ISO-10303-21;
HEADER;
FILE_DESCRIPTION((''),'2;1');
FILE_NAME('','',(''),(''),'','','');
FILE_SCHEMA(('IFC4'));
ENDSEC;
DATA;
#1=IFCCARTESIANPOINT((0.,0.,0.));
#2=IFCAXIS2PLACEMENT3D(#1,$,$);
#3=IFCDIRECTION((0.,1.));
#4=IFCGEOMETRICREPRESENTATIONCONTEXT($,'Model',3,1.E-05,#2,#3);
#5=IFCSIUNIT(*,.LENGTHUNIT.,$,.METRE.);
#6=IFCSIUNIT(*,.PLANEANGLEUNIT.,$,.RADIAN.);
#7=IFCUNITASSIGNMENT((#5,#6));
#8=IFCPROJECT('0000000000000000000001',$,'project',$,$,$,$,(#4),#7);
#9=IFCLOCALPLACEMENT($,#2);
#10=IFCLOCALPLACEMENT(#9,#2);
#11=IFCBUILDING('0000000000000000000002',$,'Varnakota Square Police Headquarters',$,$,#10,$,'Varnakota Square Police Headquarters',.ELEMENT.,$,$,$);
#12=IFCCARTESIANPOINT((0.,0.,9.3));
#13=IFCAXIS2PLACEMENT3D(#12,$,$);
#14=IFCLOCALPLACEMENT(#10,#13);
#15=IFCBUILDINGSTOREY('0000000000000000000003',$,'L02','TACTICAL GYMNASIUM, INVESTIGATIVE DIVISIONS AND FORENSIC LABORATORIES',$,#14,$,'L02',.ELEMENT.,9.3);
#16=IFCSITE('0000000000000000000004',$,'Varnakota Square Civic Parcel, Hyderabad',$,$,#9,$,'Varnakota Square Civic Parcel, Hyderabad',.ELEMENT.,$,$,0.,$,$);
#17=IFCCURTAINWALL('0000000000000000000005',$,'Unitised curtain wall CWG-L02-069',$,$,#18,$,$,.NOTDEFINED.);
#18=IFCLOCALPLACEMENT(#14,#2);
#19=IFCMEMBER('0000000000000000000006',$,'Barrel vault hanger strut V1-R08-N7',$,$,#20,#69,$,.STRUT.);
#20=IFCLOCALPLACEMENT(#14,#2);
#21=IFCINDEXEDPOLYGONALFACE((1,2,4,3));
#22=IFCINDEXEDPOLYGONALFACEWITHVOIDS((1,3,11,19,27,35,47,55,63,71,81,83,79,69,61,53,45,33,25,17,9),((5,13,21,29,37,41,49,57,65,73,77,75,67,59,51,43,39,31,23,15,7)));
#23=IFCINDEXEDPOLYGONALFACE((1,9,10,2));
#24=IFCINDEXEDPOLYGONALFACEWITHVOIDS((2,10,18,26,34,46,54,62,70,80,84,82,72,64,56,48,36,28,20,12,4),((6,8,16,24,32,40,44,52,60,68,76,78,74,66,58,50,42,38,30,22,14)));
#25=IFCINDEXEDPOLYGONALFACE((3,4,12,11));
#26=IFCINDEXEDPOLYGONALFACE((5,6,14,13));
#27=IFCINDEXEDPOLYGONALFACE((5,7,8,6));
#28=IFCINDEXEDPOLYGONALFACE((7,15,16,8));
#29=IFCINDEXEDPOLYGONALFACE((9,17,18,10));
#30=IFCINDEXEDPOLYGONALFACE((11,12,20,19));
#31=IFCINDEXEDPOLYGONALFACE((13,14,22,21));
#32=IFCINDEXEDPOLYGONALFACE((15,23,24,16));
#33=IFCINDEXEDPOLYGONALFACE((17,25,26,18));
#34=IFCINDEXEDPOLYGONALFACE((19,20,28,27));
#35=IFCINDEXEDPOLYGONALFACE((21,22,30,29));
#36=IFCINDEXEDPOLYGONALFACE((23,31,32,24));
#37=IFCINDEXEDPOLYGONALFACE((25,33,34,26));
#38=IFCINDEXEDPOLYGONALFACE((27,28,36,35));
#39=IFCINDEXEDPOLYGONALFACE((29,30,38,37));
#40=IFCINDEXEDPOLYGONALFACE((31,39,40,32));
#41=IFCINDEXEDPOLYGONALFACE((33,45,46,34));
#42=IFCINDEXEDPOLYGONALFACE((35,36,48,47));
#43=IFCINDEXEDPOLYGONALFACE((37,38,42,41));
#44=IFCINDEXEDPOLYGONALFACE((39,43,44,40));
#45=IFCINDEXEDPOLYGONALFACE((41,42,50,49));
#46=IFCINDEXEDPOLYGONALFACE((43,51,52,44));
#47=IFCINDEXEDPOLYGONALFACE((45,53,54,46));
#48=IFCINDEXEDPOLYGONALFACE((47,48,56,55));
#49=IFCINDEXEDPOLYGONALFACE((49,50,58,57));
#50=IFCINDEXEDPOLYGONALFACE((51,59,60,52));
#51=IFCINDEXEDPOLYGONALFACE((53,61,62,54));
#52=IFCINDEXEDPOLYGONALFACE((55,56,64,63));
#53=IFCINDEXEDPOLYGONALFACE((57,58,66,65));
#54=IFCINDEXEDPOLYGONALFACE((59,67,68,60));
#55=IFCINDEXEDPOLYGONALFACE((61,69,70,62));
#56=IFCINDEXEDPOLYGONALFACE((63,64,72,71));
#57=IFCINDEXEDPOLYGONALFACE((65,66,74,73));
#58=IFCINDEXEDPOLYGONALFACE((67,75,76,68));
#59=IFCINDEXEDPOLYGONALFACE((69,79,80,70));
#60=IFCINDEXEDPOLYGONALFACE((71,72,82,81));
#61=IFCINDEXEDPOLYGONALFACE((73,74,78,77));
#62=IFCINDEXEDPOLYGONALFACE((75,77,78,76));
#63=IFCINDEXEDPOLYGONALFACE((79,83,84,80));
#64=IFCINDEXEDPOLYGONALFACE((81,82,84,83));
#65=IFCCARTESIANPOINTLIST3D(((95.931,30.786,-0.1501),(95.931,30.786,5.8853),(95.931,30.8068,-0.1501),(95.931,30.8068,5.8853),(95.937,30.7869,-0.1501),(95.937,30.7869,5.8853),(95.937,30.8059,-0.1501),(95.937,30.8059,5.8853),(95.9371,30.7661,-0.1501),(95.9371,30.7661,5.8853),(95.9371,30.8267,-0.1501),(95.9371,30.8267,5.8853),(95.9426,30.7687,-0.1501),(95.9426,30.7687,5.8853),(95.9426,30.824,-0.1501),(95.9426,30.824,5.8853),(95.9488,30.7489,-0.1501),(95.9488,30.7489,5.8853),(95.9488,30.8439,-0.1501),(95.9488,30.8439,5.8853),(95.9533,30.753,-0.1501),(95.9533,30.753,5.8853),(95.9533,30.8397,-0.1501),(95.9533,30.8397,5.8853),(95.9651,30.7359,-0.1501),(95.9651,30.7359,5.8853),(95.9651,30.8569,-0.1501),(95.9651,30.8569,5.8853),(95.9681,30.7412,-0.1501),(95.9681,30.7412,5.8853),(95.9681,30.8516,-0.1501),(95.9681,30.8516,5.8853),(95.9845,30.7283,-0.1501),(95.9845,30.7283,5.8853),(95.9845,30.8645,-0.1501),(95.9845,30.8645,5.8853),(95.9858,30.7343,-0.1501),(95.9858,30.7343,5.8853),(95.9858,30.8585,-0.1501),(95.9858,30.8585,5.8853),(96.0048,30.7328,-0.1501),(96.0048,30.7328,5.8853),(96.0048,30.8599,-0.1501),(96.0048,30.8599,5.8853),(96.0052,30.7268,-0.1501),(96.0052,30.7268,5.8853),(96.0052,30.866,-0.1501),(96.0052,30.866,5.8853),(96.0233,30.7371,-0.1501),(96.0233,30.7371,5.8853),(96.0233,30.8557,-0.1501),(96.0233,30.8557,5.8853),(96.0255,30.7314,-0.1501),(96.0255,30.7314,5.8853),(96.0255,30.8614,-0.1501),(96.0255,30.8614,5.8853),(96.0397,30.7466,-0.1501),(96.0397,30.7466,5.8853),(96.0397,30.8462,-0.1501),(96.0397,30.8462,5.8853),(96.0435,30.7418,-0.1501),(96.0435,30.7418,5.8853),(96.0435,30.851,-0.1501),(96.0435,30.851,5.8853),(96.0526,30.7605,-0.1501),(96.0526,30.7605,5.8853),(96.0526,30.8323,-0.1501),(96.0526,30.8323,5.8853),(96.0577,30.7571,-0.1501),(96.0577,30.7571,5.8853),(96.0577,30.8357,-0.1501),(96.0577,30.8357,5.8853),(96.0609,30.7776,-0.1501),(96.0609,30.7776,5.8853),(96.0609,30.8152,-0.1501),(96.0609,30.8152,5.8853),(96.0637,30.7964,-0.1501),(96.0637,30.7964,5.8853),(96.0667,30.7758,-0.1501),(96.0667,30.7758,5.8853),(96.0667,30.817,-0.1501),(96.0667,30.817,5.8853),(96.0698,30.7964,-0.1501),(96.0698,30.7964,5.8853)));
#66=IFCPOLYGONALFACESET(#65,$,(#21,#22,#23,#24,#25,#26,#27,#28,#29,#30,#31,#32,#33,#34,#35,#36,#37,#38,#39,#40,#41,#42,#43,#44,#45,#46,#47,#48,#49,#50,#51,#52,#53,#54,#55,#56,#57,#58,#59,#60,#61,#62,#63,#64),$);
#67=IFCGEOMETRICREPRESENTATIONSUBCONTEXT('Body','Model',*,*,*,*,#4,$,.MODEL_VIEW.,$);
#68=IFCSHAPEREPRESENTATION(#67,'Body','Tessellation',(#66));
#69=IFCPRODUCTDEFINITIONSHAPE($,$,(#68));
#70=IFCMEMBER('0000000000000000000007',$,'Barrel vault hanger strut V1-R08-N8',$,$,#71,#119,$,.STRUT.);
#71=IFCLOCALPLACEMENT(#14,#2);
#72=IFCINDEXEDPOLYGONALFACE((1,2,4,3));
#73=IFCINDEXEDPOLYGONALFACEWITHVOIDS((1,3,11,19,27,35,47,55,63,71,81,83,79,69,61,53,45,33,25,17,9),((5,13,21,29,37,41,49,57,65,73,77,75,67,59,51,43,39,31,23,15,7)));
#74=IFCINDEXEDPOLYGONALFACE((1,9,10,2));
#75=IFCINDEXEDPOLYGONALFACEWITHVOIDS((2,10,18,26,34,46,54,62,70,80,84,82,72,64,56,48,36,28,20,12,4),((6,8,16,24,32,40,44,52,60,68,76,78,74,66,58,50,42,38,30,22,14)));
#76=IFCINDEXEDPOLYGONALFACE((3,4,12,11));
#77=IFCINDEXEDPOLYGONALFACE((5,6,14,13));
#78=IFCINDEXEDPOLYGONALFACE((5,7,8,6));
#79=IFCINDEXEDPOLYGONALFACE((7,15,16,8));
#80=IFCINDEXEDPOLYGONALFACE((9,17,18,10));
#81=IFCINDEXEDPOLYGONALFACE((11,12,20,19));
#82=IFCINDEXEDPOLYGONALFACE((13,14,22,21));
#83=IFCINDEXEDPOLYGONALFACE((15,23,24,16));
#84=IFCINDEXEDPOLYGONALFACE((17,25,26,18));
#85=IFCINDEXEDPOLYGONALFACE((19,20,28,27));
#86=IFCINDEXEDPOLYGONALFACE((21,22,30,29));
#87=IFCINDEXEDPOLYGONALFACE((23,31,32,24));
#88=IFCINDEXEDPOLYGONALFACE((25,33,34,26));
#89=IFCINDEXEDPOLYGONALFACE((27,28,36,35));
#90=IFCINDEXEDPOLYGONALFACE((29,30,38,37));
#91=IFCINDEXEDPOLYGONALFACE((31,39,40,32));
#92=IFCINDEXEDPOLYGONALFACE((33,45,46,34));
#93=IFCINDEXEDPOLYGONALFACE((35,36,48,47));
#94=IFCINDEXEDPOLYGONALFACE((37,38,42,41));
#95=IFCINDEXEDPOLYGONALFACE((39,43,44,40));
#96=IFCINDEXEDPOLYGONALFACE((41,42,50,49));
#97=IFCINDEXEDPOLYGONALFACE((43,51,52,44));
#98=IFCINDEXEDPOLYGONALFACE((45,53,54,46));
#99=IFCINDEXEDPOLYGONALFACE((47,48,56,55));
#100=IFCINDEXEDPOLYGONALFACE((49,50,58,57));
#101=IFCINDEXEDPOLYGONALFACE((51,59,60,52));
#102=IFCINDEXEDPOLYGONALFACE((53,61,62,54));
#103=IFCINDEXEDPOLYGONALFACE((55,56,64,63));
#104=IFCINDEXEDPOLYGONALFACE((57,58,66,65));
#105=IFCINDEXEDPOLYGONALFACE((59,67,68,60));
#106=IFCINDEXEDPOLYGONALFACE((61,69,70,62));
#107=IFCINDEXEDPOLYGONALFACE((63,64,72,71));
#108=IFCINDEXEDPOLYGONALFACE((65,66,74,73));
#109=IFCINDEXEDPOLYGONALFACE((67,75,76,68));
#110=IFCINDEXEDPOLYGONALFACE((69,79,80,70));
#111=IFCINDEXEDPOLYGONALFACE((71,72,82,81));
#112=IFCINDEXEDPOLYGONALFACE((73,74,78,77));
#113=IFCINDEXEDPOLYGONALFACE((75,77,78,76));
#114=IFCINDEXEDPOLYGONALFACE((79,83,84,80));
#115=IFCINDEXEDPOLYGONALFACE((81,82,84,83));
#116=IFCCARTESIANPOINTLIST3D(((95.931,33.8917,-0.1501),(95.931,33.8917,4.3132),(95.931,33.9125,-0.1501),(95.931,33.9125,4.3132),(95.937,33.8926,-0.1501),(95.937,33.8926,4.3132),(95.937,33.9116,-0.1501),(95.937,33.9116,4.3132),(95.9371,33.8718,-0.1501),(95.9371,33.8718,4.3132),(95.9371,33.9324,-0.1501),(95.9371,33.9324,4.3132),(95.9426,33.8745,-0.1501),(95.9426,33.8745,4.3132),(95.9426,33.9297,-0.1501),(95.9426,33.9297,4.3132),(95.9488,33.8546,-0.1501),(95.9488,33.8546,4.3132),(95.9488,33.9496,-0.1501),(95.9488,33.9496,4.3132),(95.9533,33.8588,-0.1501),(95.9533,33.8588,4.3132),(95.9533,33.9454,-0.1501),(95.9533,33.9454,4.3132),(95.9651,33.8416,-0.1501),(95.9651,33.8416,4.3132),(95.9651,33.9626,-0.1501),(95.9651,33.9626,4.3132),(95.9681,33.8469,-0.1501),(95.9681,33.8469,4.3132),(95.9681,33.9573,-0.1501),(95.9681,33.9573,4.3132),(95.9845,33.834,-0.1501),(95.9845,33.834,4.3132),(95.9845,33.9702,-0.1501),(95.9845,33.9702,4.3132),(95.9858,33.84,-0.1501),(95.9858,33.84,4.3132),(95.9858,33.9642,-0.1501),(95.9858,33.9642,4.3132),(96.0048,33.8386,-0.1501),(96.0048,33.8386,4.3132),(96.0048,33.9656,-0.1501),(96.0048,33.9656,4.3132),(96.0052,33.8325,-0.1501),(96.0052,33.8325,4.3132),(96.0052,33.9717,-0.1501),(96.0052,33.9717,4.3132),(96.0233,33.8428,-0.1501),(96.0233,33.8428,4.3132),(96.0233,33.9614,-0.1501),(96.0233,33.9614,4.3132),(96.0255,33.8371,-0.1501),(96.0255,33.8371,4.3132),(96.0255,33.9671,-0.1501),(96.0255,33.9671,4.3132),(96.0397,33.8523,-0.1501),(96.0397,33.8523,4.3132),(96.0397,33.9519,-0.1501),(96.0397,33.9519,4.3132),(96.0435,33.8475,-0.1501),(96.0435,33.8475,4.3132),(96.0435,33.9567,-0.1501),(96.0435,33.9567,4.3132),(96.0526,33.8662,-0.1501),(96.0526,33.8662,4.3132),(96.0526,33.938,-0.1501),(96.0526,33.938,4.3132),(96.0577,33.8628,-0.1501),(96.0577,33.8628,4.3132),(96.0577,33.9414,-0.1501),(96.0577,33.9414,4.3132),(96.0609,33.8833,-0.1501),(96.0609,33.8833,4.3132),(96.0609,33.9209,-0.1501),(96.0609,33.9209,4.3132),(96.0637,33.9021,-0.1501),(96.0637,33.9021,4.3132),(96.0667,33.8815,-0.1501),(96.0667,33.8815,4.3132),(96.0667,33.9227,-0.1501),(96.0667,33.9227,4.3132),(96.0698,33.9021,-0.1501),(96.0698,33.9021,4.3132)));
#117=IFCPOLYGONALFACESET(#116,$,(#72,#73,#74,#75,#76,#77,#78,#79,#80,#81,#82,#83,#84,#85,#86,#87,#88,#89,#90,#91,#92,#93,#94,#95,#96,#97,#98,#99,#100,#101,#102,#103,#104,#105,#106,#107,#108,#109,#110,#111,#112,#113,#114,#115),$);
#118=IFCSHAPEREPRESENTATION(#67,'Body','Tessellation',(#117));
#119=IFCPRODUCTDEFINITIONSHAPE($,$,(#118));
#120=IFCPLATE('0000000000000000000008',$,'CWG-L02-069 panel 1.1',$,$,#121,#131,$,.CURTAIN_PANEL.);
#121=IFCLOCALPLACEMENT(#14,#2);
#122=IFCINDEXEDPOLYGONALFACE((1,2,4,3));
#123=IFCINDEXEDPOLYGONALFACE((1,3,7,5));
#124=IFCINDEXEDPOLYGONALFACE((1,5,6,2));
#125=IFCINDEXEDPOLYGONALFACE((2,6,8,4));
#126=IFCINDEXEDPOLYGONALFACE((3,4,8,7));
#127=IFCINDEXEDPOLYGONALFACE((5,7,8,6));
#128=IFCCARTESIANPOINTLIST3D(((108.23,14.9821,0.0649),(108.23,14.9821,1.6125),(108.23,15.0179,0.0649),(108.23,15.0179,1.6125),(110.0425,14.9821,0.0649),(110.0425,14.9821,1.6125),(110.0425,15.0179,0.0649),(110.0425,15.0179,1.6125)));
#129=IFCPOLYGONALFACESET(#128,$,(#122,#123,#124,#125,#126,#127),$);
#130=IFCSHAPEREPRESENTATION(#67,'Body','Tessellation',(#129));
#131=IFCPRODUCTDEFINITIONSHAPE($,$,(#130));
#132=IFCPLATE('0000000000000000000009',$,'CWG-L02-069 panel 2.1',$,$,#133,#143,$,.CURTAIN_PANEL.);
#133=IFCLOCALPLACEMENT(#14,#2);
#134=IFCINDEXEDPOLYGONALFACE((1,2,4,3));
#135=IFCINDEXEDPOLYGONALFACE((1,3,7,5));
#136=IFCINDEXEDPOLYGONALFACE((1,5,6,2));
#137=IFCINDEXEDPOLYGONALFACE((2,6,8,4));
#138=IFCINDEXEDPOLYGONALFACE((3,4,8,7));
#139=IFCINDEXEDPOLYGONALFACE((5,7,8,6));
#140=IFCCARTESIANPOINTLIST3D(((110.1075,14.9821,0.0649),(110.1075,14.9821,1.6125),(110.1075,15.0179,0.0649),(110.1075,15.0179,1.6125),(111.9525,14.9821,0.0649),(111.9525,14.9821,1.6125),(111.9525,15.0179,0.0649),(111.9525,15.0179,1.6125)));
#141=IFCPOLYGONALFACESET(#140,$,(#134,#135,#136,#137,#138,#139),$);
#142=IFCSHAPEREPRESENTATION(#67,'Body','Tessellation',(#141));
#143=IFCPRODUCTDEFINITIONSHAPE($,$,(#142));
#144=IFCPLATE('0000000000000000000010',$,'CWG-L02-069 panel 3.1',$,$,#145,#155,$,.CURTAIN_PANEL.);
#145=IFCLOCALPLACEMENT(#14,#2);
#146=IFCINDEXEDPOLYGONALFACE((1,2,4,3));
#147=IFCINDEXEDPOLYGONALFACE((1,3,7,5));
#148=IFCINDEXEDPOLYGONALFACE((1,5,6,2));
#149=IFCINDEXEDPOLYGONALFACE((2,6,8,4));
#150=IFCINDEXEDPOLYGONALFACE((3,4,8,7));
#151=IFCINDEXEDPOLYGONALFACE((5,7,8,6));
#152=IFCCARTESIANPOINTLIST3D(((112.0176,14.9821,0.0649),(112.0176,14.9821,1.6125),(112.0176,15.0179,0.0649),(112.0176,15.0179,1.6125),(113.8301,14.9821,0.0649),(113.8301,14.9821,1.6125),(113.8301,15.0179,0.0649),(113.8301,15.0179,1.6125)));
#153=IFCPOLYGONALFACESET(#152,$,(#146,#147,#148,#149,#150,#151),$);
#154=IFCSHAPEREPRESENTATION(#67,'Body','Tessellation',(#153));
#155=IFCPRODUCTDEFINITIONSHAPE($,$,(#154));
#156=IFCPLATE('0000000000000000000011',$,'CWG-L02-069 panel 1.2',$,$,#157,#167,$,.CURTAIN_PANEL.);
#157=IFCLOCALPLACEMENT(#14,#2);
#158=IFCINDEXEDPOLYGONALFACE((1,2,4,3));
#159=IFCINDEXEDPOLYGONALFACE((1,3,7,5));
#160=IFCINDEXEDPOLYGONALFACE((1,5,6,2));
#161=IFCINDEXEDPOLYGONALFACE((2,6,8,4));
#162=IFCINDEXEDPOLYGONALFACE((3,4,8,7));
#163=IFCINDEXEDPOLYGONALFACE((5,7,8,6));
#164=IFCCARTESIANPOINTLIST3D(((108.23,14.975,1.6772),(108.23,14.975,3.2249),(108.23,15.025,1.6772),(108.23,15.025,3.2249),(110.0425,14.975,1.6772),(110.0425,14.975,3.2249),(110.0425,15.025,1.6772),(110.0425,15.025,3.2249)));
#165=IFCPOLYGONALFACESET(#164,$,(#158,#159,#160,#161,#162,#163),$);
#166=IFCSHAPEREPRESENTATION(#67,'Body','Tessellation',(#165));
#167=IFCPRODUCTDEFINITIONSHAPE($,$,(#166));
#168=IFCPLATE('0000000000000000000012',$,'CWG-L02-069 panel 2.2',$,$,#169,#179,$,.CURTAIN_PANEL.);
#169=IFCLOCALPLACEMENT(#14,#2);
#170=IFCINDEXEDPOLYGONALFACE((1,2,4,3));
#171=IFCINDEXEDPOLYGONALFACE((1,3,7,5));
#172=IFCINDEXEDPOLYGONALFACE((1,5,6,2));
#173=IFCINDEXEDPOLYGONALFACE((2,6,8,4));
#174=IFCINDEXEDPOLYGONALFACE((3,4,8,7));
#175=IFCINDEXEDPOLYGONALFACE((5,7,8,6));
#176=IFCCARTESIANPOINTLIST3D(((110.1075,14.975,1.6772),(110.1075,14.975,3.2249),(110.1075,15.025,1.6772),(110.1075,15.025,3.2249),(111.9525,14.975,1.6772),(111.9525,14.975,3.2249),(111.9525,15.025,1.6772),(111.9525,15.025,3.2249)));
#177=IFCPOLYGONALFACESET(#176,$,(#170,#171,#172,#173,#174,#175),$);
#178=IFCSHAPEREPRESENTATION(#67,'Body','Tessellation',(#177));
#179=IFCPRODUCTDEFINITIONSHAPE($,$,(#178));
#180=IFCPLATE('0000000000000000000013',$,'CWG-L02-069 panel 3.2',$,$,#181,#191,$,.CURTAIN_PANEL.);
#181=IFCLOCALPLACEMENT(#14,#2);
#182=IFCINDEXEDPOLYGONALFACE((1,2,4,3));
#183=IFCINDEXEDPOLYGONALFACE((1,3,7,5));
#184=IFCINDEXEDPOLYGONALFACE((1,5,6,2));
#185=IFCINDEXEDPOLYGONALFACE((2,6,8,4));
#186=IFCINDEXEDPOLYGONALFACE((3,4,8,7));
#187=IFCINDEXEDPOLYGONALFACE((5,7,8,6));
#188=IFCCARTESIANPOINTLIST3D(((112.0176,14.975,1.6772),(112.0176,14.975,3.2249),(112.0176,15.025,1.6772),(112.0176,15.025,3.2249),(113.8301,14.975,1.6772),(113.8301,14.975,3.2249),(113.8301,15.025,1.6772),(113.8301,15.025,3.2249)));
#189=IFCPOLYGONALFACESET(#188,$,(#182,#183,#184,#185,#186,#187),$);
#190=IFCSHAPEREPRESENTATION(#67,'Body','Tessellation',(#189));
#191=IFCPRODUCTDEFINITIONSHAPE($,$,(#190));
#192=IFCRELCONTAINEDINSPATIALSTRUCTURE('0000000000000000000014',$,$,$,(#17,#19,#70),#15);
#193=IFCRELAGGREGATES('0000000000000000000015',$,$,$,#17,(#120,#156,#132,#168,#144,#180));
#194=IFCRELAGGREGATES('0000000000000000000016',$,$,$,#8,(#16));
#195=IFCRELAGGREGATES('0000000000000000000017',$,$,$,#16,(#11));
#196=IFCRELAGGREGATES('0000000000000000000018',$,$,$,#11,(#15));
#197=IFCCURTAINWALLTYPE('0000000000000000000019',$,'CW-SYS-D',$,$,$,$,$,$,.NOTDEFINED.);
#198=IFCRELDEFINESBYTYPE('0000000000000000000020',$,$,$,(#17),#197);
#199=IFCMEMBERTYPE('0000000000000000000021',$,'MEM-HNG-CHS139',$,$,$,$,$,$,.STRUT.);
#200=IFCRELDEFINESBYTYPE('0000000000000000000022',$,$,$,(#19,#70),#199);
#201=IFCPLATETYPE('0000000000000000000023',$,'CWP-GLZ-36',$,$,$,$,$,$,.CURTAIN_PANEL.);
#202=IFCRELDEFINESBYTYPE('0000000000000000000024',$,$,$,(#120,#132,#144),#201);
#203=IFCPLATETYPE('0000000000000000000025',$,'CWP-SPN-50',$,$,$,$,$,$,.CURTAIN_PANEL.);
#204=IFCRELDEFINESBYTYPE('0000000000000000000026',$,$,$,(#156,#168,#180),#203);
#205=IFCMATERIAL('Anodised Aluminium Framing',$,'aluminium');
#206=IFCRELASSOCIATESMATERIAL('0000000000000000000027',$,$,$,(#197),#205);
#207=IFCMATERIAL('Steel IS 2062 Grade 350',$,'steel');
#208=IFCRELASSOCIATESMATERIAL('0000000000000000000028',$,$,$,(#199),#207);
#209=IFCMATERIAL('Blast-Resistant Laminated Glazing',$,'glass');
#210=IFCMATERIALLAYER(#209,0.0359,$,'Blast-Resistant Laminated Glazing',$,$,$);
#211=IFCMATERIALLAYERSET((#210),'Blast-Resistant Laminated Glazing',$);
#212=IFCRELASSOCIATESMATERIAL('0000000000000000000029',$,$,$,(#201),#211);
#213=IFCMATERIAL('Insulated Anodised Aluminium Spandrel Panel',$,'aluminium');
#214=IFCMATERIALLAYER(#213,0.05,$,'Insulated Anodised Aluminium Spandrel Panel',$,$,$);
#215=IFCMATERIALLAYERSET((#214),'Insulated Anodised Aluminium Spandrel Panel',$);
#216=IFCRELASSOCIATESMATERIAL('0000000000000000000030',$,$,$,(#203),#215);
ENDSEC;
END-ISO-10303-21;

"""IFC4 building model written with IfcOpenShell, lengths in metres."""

from ifc_helpers import new_model, si_unit, direction, frame, origin, origin_2d, place, context, subcontext, project, spatial, rectangle, hollow_circle, extrude, material, layer, layer_set, material_profile, profile_set, type_object, element, aggregate, save


model = new_model("IFC4")

# Units and contexts
model_context = context("Model", 3, precision=1e-05, world=origin(), true_north=direction((0.0, 1.0)))
body_context = subcontext(model_context, "Body", "Model", "MODEL_VIEW")
ifc_project = project(units=[si_unit("LENGTHUNIT", "METRE"), si_unit("PLANEANGLEUNIT", "RADIAN")], contexts=[model_context])

# Site, building, storey
site_placement = place(None, origin())
site = spatial("IfcSite", under=ifc_project, at=site_placement, Name="Varnakota Square Civic Parcel, Hyderabad", LongName="Varnakota Square Civic Parcel, Hyderabad", CompositionType="ELEMENT", RefElevation=0.0)
building_placement = place(site_placement, origin())
building = spatial("IfcBuilding", under=site, at=building_placement, Name="Varnakota Square Police Headquarters", LongName="Varnakota Square Police Headquarters", CompositionType="ELEMENT")
storey_placement = place(building_placement, frame((0.0, 0.0, 9.3)))
storey = spatial("IfcBuildingStorey", under=building, at=storey_placement, Name="L02", Description="TACTICAL GYMNASIUM, INVESTIGATIVE DIVISIONS AND FORENSIC LABORATORIES", LongName="L02", CompositionType="ELEMENT", Elevation=9.3)

# Shared definitions
ifc_material_1 = material(Name="Steel IS 2062 Grade 350", Category="steel")

# Curtain wall
ifc_material_2 = material(Name="Anodised Aluminium Framing", Category="aluminium")
curtain_wall_type = type_object("IfcCurtainWallType", Name="CW-SYS-D", PredefinedType="NOTDEFINED", material=ifc_material_2)
curtain_wall_placement = place(storey_placement, origin())
curtain_wall = element("IfcCurtainWall", 1, at=curtain_wall_placement, inside=storey, type_object=curtain_wall_type, Name="Unitised curtain wall CWG-L02-069", PredefinedType="NOTDEFINED")

# Members
ifc_material_profile_1 = material_profile(ifc_material_1, hollow_circle(Radius=0.0698, WallThickness=0.0061, at=origin_2d()), Name="CHS 139.7x6.0")
ifc_profile_set_1 = profile_set([ifc_material_profile_1], Name="Steel IS 2062 Grade 350")
member_type_1 = type_object("IfcMemberType", Name="MEM-HNG-CHS139", PredefinedType="STRUT", material=ifc_profile_set_1)
member_1_placement = place(storey_placement, frame((96.0, 30.7964, -0.1501), z_axis=(0.0, 0.0, 1.0), x_axis=(1.0, 0.0, 0.0)))
element("IfcMember", 2, at=member_1_placement, inside=storey, type_object=member_type_1, Name="Barrel vault hanger strut V1-R08-N7", PredefinedType="STRUT", context=body_context, shape_type="SweptSolid", body=[
    extrude(hollow_circle(Radius=0.0698, WallThickness=0.0061, at=origin_2d()), origin(), (0.0, 0.0, 1.0), 6.0354),
])
member_2_placement = place(storey_placement, frame((96.0, 33.9021, -0.1501), z_axis=(0.0, 0.0, 1.0), x_axis=(1.0, 0.0, 0.0)))
element("IfcMember", 3, at=member_2_placement, inside=storey, type_object=member_type_1, Name="Barrel vault hanger strut V1-R08-N8", PredefinedType="STRUT", context=body_context, shape_type="SweptSolid", body=[
    extrude(hollow_circle(Radius=0.0698, WallThickness=0.0061, at=origin_2d()), origin(), (0.0, 0.0, 1.0), 4.4634),
])

# Plates
ifc_material_3 = material(Name="Blast-Resistant Laminated Glazing", Category="glass")
ifc_layer_1 = layer(ifc_material_3, 0.0359, Name="Blast-Resistant Laminated Glazing")
ifc_layer_set_1 = layer_set([ifc_layer_1], Name="Blast-Resistant Laminated Glazing")
plate_type_1 = type_object("IfcPlateType", Name="CWP-GLZ-36", PredefinedType="CURTAIN_PANEL", material=ifc_layer_set_1)
plate_1_placement = place(storey_placement, frame((109.1362, 15.0, 0.0649), z_axis=(0.0, 0.0, 1.0), x_axis=(1.0, 0.0, 0.0)))
plate_1 = element("IfcPlate", 4, at=plate_1_placement, type_object=plate_type_1, Name="CWG-L02-069 panel 1.1", PredefinedType="CURTAIN_PANEL", context=body_context, shape_type="SweptSolid", body=[
    extrude(rectangle(XDim=1.8125, YDim=0.0359, at=origin_2d()), origin(), (0.0, 0.0, 1.0), 1.5476),
])
plate_2_placement = place(storey_placement, frame((111.03, 15.0, 0.0649), z_axis=(0.0, 0.0, 1.0), x_axis=(1.0, 0.0, 0.0)))
plate_2 = element("IfcPlate", 5, at=plate_2_placement, type_object=plate_type_1, Name="CWG-L02-069 panel 2.1", PredefinedType="CURTAIN_PANEL", context=body_context, shape_type="SweptSolid", body=[
    extrude(rectangle(XDim=1.845, YDim=0.0359, at=origin_2d()), origin(), (0.0, 0.0, 1.0), 1.5476),
])
plate_3_placement = place(storey_placement, frame((112.9238, 15.0, 0.0649), z_axis=(0.0, 0.0, 1.0), x_axis=(1.0, 0.0, 0.0)))
plate_3 = element("IfcPlate", 6, at=plate_3_placement, type_object=plate_type_1, Name="CWG-L02-069 panel 3.1", PredefinedType="CURTAIN_PANEL", context=body_context, shape_type="SweptSolid", body=[
    extrude(rectangle(XDim=1.8125, YDim=0.0359, at=origin_2d()), origin(), (0.0, 0.0, 1.0), 1.5476),
])
ifc_material_4 = material(Name="Insulated Anodised Aluminium Spandrel Panel", Category="aluminium")
ifc_layer_2 = layer(ifc_material_4, 0.05, Name="Insulated Anodised Aluminium Spandrel Panel")
ifc_layer_set_2 = layer_set([ifc_layer_2], Name="Insulated Anodised Aluminium Spandrel Panel")
plate_type_2 = type_object("IfcPlateType", Name="CWP-SPN-50", PredefinedType="CURTAIN_PANEL", material=ifc_layer_set_2)
plate_4_placement = place(storey_placement, frame((109.1362, 15.0, 1.6772), z_axis=(0.0, 0.0, 1.0), x_axis=(1.0, 0.0, 0.0)))
plate_4 = element("IfcPlate", 7, at=plate_4_placement, type_object=plate_type_2, Name="CWG-L02-069 panel 1.2", PredefinedType="CURTAIN_PANEL", context=body_context, shape_type="SweptSolid", body=[
    extrude(rectangle(XDim=1.8125, YDim=0.05, at=origin_2d()), origin(), (0.0, 0.0, 1.0), 1.5476),
])
plate_5_placement = place(storey_placement, frame((111.03, 15.0, 1.6772), z_axis=(0.0, 0.0, 1.0), x_axis=(1.0, 0.0, 0.0)))
plate_5 = element("IfcPlate", 8, at=plate_5_placement, type_object=plate_type_2, Name="CWG-L02-069 panel 2.2", PredefinedType="CURTAIN_PANEL", context=body_context, shape_type="SweptSolid", body=[
    extrude(rectangle(XDim=1.845, YDim=0.05, at=origin_2d()), origin(), (0.0, 0.0, 1.0), 1.5476),
])
plate_6_placement = place(storey_placement, frame((112.9238, 15.0, 1.6772), z_axis=(0.0, 0.0, 1.0), x_axis=(1.0, 0.0, 0.0)))
plate_6 = element("IfcPlate", 9, at=plate_6_placement, type_object=plate_type_2, Name="CWG-L02-069 panel 3.2", PredefinedType="CURTAIN_PANEL", context=body_context, shape_type="SweptSolid", body=[
    extrude(rectangle(XDim=1.8125, YDim=0.05, at=origin_2d()), origin(), (0.0, 0.0, 1.0), 1.5476),
])
aggregate(curtain_wall, [plate_1, plate_4, plate_2, plate_5, plate_3, plate_6])

save(model, "model.ifc")
